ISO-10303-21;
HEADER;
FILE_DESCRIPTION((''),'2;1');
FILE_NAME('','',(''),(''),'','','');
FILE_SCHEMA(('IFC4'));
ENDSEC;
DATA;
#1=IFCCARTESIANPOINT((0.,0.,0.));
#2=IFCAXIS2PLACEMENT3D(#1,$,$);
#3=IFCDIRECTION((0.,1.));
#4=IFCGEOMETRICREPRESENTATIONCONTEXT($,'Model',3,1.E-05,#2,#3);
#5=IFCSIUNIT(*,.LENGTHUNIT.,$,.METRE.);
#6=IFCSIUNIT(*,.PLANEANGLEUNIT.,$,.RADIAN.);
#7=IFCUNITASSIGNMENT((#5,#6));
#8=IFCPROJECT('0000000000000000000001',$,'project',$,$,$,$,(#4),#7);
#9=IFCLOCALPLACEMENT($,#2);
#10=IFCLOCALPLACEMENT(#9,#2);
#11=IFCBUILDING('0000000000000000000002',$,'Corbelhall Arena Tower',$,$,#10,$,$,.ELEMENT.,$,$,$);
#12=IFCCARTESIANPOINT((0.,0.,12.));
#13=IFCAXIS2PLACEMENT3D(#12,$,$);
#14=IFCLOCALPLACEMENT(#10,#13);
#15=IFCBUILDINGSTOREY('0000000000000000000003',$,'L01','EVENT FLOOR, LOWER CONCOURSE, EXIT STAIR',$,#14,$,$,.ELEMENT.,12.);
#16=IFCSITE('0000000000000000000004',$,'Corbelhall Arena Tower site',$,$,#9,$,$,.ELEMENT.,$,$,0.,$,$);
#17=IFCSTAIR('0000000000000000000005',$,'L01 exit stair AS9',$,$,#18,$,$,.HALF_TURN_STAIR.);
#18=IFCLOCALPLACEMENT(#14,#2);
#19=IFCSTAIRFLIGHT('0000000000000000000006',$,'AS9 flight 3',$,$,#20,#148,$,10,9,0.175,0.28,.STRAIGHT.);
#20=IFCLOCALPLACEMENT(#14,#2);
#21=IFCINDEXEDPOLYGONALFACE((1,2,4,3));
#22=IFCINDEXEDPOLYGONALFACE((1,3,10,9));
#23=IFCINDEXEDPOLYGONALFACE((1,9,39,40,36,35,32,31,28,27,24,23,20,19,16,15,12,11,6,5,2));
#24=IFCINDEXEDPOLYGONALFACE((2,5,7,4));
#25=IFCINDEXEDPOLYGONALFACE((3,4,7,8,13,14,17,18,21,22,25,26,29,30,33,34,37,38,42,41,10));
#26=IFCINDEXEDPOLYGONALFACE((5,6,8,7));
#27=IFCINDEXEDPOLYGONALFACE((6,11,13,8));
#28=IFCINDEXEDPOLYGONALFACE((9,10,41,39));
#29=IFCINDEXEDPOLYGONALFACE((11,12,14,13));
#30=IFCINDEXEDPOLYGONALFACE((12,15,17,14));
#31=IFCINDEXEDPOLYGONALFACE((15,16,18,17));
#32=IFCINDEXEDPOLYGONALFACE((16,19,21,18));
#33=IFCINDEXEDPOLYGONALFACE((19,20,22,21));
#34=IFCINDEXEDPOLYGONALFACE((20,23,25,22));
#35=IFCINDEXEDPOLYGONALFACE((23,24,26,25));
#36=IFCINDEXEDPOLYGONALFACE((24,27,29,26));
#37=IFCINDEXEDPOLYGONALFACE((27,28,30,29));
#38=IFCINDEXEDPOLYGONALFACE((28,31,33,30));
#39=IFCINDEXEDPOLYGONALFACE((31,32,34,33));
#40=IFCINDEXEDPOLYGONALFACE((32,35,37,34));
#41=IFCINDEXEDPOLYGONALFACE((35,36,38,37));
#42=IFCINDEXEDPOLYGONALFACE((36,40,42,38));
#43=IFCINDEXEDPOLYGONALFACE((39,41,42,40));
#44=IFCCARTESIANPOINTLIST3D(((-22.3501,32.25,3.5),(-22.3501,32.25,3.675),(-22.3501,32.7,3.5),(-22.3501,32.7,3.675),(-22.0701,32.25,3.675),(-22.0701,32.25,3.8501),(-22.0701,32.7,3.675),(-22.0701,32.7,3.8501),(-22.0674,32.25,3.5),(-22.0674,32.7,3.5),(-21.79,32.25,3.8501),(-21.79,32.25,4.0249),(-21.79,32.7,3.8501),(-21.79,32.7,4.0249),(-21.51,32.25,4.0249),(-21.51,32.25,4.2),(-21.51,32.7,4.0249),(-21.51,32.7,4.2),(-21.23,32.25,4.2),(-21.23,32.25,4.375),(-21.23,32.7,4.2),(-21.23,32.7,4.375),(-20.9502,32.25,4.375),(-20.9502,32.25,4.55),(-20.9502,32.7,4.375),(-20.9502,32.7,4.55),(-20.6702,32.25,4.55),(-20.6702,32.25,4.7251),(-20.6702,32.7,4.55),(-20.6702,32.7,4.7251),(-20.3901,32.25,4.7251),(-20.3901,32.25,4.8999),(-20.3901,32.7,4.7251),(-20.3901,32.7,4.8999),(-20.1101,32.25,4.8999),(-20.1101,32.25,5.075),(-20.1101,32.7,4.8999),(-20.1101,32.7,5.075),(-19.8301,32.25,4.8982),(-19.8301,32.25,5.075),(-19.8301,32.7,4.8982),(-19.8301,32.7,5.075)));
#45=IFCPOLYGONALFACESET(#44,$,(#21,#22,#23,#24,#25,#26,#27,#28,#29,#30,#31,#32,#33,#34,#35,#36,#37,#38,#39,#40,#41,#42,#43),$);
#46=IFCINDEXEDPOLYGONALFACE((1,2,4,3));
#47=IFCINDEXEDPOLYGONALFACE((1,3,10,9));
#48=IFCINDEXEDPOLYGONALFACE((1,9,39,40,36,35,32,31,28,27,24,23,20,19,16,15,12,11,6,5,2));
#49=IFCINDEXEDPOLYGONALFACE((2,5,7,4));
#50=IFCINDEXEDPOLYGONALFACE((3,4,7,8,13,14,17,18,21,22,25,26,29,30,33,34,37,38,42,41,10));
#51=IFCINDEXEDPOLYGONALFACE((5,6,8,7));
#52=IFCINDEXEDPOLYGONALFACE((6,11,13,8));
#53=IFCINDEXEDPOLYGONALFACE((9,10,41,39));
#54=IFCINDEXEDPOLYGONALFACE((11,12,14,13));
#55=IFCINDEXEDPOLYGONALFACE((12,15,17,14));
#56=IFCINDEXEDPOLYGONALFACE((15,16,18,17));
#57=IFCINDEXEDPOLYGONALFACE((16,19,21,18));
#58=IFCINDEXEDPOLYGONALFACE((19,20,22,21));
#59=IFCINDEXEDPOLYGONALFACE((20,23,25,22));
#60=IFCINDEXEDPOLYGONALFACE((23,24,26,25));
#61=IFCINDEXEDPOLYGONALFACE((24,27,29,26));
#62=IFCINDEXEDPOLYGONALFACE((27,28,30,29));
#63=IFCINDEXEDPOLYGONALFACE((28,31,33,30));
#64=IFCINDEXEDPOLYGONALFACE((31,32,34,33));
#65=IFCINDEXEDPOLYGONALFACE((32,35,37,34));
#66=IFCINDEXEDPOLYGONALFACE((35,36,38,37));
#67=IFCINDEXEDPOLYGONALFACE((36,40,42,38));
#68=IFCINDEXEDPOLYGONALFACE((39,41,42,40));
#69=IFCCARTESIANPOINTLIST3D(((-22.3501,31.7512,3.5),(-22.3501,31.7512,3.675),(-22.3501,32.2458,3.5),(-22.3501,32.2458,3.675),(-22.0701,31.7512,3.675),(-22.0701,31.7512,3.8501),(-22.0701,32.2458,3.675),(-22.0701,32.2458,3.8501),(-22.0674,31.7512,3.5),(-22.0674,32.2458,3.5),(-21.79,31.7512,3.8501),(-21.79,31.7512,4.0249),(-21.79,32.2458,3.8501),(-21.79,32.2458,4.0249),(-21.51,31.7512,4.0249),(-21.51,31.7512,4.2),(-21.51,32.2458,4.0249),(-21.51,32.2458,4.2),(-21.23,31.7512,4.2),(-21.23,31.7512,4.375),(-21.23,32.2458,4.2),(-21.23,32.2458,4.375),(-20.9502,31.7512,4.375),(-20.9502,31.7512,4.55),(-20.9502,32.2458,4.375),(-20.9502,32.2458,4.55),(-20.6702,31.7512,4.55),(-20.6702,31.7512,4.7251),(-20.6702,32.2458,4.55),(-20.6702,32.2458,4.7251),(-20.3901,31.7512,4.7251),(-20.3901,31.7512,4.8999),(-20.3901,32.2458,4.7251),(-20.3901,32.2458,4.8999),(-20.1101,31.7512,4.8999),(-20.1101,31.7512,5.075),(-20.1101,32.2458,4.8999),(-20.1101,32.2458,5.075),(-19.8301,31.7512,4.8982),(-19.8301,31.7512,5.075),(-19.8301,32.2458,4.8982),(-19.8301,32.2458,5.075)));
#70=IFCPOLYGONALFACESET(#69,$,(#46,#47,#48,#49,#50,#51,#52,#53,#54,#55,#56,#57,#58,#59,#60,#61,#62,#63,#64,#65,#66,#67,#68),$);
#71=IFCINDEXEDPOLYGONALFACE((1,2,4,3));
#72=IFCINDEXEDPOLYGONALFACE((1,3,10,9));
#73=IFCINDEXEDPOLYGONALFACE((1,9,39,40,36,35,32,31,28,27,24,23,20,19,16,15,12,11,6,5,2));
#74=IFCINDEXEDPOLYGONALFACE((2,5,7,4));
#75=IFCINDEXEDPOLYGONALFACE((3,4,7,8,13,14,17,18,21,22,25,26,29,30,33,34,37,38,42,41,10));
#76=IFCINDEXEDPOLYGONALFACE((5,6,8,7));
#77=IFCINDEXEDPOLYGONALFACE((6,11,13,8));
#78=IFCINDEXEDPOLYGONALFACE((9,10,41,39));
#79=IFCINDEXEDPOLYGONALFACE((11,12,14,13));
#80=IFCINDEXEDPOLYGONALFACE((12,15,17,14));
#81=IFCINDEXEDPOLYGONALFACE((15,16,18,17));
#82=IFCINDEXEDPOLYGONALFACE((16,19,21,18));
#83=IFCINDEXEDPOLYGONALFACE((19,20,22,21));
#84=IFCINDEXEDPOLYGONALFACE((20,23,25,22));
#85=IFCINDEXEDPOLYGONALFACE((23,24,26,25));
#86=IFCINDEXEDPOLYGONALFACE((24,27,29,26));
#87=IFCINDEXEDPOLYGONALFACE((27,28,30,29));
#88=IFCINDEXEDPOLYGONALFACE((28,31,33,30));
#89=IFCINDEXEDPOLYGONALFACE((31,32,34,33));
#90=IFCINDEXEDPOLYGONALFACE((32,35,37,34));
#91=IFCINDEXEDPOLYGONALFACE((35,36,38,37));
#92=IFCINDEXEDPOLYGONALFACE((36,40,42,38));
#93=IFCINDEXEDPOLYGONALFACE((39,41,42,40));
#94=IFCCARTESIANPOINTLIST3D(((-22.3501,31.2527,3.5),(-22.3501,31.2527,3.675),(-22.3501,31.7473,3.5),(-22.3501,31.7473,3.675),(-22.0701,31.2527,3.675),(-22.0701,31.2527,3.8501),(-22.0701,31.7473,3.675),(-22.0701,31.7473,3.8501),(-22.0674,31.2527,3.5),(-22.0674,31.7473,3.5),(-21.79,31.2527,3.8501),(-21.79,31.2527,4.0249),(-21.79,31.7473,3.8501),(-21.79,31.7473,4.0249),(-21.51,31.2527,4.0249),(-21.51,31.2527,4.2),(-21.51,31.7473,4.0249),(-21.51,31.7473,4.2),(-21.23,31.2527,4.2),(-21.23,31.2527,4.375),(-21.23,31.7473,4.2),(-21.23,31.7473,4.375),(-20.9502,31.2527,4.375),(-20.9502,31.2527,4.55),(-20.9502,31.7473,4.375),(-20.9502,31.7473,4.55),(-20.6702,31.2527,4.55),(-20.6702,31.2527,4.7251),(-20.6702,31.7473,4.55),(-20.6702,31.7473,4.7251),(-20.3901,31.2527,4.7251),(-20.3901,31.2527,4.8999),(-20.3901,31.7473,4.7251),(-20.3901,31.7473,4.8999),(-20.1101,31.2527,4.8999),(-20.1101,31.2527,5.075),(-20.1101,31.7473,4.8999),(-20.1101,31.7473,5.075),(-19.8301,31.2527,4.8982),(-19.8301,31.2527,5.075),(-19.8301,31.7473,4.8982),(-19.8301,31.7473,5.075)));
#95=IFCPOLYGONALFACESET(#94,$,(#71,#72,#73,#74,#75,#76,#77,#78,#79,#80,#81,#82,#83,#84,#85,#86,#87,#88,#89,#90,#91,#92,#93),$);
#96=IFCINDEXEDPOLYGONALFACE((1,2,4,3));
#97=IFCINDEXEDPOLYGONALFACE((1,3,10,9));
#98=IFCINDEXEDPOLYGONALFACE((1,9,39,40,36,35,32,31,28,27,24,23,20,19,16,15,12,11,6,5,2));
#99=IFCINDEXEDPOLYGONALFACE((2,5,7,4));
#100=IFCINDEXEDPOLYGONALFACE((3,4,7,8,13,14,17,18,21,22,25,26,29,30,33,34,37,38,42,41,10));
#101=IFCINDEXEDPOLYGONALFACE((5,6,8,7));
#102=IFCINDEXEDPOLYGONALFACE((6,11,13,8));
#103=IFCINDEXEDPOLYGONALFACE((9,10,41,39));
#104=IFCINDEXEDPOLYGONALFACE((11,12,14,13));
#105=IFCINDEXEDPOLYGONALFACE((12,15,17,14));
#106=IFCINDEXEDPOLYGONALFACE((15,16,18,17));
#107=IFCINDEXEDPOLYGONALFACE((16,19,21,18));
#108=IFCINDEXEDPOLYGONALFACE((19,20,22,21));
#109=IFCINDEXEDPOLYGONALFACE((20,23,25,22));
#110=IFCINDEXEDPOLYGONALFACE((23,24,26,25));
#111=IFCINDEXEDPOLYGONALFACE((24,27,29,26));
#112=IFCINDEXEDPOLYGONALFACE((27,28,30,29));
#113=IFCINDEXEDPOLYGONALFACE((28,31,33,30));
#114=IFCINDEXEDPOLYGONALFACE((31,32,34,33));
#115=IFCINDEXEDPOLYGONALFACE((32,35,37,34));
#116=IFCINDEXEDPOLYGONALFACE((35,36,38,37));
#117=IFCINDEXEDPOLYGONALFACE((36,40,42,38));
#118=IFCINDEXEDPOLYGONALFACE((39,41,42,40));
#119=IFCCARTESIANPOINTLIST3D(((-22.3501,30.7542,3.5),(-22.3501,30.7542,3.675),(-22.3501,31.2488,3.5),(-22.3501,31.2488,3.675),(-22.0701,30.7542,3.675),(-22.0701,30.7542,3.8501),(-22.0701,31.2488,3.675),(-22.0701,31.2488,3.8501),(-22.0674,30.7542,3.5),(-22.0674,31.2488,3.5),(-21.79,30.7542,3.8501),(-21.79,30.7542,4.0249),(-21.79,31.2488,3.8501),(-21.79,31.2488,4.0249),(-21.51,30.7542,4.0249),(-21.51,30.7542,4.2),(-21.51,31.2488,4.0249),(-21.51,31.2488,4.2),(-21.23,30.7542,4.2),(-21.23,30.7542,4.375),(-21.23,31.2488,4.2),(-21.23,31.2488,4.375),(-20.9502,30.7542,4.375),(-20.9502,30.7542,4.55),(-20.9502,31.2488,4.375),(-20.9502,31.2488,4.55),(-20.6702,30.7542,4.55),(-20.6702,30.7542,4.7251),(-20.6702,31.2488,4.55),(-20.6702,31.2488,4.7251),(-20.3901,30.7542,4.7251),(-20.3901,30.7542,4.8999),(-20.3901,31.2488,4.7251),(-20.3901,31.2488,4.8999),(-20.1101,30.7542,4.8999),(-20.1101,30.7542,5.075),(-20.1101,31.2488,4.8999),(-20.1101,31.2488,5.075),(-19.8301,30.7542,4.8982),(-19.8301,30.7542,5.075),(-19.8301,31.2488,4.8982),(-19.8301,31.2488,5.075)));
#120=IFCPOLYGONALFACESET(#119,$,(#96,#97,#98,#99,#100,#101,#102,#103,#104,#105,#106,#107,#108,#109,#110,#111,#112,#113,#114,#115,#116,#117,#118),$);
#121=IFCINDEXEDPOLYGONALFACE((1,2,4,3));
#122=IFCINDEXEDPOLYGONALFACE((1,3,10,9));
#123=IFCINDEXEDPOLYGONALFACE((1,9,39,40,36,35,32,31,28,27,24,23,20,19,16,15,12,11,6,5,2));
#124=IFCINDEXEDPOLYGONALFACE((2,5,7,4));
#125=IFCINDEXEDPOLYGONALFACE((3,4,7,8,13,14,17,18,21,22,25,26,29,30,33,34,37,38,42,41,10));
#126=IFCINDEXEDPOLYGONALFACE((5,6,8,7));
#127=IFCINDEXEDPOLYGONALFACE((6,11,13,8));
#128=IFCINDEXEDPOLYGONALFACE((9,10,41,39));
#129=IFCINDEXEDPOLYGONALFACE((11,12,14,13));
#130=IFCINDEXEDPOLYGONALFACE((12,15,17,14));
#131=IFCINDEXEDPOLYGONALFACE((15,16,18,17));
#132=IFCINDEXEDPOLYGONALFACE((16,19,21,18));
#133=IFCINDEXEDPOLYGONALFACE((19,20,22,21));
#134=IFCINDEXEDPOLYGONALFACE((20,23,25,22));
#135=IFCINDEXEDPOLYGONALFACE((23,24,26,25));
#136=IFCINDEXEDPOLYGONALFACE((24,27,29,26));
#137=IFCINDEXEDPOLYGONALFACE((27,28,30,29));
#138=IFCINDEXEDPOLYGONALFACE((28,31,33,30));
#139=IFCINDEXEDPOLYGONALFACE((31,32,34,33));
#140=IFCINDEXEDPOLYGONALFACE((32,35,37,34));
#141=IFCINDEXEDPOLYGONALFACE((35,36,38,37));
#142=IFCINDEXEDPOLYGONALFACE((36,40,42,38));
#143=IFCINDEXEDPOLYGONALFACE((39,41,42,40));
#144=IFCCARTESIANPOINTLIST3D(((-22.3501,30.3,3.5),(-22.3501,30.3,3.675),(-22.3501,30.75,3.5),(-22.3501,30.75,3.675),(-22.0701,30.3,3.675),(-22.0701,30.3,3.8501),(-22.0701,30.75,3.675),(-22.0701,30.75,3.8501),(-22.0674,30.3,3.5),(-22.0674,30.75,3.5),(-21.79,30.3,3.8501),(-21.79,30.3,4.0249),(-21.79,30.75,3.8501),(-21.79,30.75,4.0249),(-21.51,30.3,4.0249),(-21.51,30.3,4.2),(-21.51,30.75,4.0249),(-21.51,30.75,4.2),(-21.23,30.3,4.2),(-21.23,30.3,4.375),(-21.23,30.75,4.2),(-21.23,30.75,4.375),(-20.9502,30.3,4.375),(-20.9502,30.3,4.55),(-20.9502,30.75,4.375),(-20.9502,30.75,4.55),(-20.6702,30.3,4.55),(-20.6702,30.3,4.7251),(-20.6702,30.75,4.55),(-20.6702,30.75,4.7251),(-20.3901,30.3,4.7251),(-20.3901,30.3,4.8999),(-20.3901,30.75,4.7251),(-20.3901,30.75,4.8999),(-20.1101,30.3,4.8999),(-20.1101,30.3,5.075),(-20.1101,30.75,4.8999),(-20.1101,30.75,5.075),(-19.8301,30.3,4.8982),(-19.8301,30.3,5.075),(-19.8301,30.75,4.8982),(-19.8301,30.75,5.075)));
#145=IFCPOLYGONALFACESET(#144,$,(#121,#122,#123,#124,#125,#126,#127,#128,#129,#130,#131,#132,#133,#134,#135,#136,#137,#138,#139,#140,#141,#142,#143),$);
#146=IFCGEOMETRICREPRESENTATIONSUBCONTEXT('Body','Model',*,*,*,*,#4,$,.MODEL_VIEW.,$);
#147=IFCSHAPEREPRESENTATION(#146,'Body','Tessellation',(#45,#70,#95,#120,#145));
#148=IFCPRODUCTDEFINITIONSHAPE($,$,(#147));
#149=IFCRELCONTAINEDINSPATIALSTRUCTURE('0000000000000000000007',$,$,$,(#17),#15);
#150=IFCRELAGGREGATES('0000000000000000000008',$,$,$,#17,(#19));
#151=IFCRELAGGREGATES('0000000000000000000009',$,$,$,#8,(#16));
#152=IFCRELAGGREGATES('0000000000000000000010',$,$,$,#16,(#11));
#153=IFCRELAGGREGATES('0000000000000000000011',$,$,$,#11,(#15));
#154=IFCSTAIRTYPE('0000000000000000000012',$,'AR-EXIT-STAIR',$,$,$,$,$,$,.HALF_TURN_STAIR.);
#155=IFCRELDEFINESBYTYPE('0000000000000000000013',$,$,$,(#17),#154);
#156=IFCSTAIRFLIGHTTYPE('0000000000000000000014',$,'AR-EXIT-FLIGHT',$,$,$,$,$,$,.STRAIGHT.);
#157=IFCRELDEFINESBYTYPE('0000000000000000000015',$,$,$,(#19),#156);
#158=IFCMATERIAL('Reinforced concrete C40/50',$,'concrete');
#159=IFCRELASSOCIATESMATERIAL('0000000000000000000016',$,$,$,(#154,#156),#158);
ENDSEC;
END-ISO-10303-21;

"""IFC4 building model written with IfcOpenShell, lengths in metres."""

from ifc_helpers import new_model, si_unit, direction, frame, origin, place, context, subcontext, project, spatial, polyline, outline, extrude, material, type_object, element, aggregate, save


model = new_model("IFC4")

# Units and contexts
model_context = context("Model", 3, precision=1e-05, world=origin(), true_north=direction((0.0, 1.0)))
body_context = subcontext(model_context, "Body", "Model", "MODEL_VIEW")
ifc_project = project(units=[si_unit("LENGTHUNIT", "METRE"), si_unit("PLANEANGLEUNIT", "RADIAN")], contexts=[model_context])

# Site, building, storey
site_placement = place(None, origin())
site = spatial("IfcSite", under=ifc_project, at=site_placement, Name="Corbelhall Arena Tower site", CompositionType="ELEMENT", RefElevation=0.0)
building_placement = place(site_placement, origin())
building = spatial("IfcBuilding", under=site, at=building_placement, Name="Corbelhall Arena Tower", CompositionType="ELEMENT")
storey_placement = place(building_placement, frame((0.0, 0.0, 12.0)))
storey = spatial("IfcBuildingStorey", under=building, at=storey_placement, Name="L01", Description="EVENT FLOOR, LOWER CONCOURSE, EXIT STAIR", CompositionType="ELEMENT", Elevation=12.0)

# Shared definitions
ifc_material_1 = material(Name="Reinforced concrete C40/50", Category="concrete")

# Stair, stair flight
stair_type = type_object("IfcStairType", Name="AR-EXIT-STAIR", PredefinedType="HALF_TURN_STAIR", material=ifc_material_1)
stair_1_placement = place(storey_placement, origin())
stair_1 = element("IfcStair", 1, at=stair_1_placement, inside=storey, type_object=stair_type, Name="L01 exit stair AS9", PredefinedType="HALF_TURN_STAIR")
stair_flight_type = type_object("IfcStairFlightType", Name="AR-EXIT-FLIGHT", PredefinedType="STRAIGHT", material=ifc_material_1)
stair_flight_1_placement = place(storey_placement, frame((-22.3501, 31.5, 3.5), z_axis=(0.0, 0.0, 1.0), x_axis=(1.0, 0.0, 0.0)))
stair_flight_1 = element("IfcStairFlight", 2, at=stair_flight_1_placement, type_object=stair_flight_type, Name="AS9 flight 3", NumberOfRisers=10, NumberOfTreads=9, PredefinedType="STRAIGHT", RiserHeight=0.175, TreadLength=0.28, context=body_context, shape_type="SweptSolid", body=[
    extrude(outline(polyline([(0.0, 0.0), (0.0, 0.175), (0.28, 0.175), (0.28, 0.3501), (0.5601, 0.3501), (0.5601, 0.5249), (0.8401, 0.5249), (0.8401, 0.7), (1.1201, 0.7), (1.1201, 0.875), (1.3999, 0.875), (1.3999, 1.05), (1.6799, 1.05), (1.6799, 1.2251), (1.96, 1.2251), (1.96, 1.3999), (2.24, 1.3999), (2.24, 1.575), (2.52, 1.575), (2.52, 1.75), (2.52, 1.3982), (0.2827, 0.0), (0.0, 0.0)])), frame((0.0, 1.2, 0.0), z_axis=(0.0, -1.0, 0.0), x_axis=(1.0, 0.0, 0.0)), (0.0, 0.0, 1.0), 0.45),
    extrude(outline(polyline([(0.0, 0.0), (0.0, 0.175), (0.28, 0.175), (0.28, 0.3501), (0.5601, 0.3501), (0.5601, 0.5249), (0.8401, 0.5249), (0.8401, 0.7), (1.1201, 0.7), (1.1201, 0.875), (1.3999, 0.875), (1.3999, 1.05), (1.6799, 1.05), (1.6799, 1.2251), (1.96, 1.2251), (1.96, 1.3999), (2.24, 1.3999), (2.24, 1.575), (2.52, 1.575), (2.52, 1.75), (2.52, 1.3982), (0.2827, 0.0), (0.0, 0.0)])), frame((0.0, 0.7458, 0.0), z_axis=(0.0, -1.0, 0.0), x_axis=(1.0, 0.0, 0.0)), (0.0, 0.0, 1.0), 0.4946),
    extrude(outline(polyline([(0.0, 0.0), (0.0, 0.175), (0.28, 0.175), (0.28, 0.3501), (0.5601, 0.3501), (0.5601, 0.5249), (0.8401, 0.5249), (0.8401, 0.7), (1.1201, 0.7), (1.1201, 0.875), (1.3999, 0.875), (1.3999, 1.05), (1.6799, 1.05), (1.6799, 1.2251), (1.96, 1.2251), (1.96, 1.3999), (2.24, 1.3999), (2.24, 1.575), (2.52, 1.575), (2.52, 1.75), (2.52, 1.3982), (0.2827, 0.0), (0.0, 0.0)])), frame((0.0, 0.2473, 0.0), z_axis=(0.0, -1.0, 0.0), x_axis=(1.0, 0.0, 0.0)), (0.0, 0.0, 1.0), 0.4946),
    extrude(outline(polyline([(0.0, 0.0), (0.0, 0.175), (0.28, 0.175), (0.28, 0.3501), (0.5601, 0.3501), (0.5601, 0.5249), (0.8401, 0.5249), (0.8401, 0.7), (1.1201, 0.7), (1.1201, 0.875), (1.3999, 0.875), (1.3999, 1.05), (1.6799, 1.05), (1.6799, 1.2251), (1.96, 1.2251), (1.96, 1.3999), (2.24, 1.3999), (2.24, 1.575), (2.52, 1.575), (2.52, 1.75), (2.52, 1.3982), (0.2827, 0.0), (0.0, 0.0)])), frame((0.0, -0.2512, 0.0), z_axis=(0.0, -1.0, 0.0), x_axis=(1.0, 0.0, 0.0)), (0.0, 0.0, 1.0), 0.4946),
    extrude(outline(polyline([(0.0, 0.0), (0.0, 0.175), (0.28, 0.175), (0.28, 0.3501), (0.5601, 0.3501), (0.5601, 0.5249), (0.8401, 0.5249), (0.8401, 0.7), (1.1201, 0.7), (1.1201, 0.875), (1.3999, 0.875), (1.3999, 1.05), (1.6799, 1.05), (1.6799, 1.2251), (1.96, 1.2251), (1.96, 1.3999), (2.24, 1.3999), (2.24, 1.575), (2.52, 1.575), (2.52, 1.75), (2.52, 1.3982), (0.2827, 0.0), (0.0, 0.0)])), frame((0.0, -0.75, 0.0), z_axis=(0.0, -1.0, 0.0), x_axis=(1.0, 0.0, 0.0)), (0.0, 0.0, 1.0), 0.45),
])
aggregate(stair_1, [stair_flight_1])

save(model, "model.ifc")
